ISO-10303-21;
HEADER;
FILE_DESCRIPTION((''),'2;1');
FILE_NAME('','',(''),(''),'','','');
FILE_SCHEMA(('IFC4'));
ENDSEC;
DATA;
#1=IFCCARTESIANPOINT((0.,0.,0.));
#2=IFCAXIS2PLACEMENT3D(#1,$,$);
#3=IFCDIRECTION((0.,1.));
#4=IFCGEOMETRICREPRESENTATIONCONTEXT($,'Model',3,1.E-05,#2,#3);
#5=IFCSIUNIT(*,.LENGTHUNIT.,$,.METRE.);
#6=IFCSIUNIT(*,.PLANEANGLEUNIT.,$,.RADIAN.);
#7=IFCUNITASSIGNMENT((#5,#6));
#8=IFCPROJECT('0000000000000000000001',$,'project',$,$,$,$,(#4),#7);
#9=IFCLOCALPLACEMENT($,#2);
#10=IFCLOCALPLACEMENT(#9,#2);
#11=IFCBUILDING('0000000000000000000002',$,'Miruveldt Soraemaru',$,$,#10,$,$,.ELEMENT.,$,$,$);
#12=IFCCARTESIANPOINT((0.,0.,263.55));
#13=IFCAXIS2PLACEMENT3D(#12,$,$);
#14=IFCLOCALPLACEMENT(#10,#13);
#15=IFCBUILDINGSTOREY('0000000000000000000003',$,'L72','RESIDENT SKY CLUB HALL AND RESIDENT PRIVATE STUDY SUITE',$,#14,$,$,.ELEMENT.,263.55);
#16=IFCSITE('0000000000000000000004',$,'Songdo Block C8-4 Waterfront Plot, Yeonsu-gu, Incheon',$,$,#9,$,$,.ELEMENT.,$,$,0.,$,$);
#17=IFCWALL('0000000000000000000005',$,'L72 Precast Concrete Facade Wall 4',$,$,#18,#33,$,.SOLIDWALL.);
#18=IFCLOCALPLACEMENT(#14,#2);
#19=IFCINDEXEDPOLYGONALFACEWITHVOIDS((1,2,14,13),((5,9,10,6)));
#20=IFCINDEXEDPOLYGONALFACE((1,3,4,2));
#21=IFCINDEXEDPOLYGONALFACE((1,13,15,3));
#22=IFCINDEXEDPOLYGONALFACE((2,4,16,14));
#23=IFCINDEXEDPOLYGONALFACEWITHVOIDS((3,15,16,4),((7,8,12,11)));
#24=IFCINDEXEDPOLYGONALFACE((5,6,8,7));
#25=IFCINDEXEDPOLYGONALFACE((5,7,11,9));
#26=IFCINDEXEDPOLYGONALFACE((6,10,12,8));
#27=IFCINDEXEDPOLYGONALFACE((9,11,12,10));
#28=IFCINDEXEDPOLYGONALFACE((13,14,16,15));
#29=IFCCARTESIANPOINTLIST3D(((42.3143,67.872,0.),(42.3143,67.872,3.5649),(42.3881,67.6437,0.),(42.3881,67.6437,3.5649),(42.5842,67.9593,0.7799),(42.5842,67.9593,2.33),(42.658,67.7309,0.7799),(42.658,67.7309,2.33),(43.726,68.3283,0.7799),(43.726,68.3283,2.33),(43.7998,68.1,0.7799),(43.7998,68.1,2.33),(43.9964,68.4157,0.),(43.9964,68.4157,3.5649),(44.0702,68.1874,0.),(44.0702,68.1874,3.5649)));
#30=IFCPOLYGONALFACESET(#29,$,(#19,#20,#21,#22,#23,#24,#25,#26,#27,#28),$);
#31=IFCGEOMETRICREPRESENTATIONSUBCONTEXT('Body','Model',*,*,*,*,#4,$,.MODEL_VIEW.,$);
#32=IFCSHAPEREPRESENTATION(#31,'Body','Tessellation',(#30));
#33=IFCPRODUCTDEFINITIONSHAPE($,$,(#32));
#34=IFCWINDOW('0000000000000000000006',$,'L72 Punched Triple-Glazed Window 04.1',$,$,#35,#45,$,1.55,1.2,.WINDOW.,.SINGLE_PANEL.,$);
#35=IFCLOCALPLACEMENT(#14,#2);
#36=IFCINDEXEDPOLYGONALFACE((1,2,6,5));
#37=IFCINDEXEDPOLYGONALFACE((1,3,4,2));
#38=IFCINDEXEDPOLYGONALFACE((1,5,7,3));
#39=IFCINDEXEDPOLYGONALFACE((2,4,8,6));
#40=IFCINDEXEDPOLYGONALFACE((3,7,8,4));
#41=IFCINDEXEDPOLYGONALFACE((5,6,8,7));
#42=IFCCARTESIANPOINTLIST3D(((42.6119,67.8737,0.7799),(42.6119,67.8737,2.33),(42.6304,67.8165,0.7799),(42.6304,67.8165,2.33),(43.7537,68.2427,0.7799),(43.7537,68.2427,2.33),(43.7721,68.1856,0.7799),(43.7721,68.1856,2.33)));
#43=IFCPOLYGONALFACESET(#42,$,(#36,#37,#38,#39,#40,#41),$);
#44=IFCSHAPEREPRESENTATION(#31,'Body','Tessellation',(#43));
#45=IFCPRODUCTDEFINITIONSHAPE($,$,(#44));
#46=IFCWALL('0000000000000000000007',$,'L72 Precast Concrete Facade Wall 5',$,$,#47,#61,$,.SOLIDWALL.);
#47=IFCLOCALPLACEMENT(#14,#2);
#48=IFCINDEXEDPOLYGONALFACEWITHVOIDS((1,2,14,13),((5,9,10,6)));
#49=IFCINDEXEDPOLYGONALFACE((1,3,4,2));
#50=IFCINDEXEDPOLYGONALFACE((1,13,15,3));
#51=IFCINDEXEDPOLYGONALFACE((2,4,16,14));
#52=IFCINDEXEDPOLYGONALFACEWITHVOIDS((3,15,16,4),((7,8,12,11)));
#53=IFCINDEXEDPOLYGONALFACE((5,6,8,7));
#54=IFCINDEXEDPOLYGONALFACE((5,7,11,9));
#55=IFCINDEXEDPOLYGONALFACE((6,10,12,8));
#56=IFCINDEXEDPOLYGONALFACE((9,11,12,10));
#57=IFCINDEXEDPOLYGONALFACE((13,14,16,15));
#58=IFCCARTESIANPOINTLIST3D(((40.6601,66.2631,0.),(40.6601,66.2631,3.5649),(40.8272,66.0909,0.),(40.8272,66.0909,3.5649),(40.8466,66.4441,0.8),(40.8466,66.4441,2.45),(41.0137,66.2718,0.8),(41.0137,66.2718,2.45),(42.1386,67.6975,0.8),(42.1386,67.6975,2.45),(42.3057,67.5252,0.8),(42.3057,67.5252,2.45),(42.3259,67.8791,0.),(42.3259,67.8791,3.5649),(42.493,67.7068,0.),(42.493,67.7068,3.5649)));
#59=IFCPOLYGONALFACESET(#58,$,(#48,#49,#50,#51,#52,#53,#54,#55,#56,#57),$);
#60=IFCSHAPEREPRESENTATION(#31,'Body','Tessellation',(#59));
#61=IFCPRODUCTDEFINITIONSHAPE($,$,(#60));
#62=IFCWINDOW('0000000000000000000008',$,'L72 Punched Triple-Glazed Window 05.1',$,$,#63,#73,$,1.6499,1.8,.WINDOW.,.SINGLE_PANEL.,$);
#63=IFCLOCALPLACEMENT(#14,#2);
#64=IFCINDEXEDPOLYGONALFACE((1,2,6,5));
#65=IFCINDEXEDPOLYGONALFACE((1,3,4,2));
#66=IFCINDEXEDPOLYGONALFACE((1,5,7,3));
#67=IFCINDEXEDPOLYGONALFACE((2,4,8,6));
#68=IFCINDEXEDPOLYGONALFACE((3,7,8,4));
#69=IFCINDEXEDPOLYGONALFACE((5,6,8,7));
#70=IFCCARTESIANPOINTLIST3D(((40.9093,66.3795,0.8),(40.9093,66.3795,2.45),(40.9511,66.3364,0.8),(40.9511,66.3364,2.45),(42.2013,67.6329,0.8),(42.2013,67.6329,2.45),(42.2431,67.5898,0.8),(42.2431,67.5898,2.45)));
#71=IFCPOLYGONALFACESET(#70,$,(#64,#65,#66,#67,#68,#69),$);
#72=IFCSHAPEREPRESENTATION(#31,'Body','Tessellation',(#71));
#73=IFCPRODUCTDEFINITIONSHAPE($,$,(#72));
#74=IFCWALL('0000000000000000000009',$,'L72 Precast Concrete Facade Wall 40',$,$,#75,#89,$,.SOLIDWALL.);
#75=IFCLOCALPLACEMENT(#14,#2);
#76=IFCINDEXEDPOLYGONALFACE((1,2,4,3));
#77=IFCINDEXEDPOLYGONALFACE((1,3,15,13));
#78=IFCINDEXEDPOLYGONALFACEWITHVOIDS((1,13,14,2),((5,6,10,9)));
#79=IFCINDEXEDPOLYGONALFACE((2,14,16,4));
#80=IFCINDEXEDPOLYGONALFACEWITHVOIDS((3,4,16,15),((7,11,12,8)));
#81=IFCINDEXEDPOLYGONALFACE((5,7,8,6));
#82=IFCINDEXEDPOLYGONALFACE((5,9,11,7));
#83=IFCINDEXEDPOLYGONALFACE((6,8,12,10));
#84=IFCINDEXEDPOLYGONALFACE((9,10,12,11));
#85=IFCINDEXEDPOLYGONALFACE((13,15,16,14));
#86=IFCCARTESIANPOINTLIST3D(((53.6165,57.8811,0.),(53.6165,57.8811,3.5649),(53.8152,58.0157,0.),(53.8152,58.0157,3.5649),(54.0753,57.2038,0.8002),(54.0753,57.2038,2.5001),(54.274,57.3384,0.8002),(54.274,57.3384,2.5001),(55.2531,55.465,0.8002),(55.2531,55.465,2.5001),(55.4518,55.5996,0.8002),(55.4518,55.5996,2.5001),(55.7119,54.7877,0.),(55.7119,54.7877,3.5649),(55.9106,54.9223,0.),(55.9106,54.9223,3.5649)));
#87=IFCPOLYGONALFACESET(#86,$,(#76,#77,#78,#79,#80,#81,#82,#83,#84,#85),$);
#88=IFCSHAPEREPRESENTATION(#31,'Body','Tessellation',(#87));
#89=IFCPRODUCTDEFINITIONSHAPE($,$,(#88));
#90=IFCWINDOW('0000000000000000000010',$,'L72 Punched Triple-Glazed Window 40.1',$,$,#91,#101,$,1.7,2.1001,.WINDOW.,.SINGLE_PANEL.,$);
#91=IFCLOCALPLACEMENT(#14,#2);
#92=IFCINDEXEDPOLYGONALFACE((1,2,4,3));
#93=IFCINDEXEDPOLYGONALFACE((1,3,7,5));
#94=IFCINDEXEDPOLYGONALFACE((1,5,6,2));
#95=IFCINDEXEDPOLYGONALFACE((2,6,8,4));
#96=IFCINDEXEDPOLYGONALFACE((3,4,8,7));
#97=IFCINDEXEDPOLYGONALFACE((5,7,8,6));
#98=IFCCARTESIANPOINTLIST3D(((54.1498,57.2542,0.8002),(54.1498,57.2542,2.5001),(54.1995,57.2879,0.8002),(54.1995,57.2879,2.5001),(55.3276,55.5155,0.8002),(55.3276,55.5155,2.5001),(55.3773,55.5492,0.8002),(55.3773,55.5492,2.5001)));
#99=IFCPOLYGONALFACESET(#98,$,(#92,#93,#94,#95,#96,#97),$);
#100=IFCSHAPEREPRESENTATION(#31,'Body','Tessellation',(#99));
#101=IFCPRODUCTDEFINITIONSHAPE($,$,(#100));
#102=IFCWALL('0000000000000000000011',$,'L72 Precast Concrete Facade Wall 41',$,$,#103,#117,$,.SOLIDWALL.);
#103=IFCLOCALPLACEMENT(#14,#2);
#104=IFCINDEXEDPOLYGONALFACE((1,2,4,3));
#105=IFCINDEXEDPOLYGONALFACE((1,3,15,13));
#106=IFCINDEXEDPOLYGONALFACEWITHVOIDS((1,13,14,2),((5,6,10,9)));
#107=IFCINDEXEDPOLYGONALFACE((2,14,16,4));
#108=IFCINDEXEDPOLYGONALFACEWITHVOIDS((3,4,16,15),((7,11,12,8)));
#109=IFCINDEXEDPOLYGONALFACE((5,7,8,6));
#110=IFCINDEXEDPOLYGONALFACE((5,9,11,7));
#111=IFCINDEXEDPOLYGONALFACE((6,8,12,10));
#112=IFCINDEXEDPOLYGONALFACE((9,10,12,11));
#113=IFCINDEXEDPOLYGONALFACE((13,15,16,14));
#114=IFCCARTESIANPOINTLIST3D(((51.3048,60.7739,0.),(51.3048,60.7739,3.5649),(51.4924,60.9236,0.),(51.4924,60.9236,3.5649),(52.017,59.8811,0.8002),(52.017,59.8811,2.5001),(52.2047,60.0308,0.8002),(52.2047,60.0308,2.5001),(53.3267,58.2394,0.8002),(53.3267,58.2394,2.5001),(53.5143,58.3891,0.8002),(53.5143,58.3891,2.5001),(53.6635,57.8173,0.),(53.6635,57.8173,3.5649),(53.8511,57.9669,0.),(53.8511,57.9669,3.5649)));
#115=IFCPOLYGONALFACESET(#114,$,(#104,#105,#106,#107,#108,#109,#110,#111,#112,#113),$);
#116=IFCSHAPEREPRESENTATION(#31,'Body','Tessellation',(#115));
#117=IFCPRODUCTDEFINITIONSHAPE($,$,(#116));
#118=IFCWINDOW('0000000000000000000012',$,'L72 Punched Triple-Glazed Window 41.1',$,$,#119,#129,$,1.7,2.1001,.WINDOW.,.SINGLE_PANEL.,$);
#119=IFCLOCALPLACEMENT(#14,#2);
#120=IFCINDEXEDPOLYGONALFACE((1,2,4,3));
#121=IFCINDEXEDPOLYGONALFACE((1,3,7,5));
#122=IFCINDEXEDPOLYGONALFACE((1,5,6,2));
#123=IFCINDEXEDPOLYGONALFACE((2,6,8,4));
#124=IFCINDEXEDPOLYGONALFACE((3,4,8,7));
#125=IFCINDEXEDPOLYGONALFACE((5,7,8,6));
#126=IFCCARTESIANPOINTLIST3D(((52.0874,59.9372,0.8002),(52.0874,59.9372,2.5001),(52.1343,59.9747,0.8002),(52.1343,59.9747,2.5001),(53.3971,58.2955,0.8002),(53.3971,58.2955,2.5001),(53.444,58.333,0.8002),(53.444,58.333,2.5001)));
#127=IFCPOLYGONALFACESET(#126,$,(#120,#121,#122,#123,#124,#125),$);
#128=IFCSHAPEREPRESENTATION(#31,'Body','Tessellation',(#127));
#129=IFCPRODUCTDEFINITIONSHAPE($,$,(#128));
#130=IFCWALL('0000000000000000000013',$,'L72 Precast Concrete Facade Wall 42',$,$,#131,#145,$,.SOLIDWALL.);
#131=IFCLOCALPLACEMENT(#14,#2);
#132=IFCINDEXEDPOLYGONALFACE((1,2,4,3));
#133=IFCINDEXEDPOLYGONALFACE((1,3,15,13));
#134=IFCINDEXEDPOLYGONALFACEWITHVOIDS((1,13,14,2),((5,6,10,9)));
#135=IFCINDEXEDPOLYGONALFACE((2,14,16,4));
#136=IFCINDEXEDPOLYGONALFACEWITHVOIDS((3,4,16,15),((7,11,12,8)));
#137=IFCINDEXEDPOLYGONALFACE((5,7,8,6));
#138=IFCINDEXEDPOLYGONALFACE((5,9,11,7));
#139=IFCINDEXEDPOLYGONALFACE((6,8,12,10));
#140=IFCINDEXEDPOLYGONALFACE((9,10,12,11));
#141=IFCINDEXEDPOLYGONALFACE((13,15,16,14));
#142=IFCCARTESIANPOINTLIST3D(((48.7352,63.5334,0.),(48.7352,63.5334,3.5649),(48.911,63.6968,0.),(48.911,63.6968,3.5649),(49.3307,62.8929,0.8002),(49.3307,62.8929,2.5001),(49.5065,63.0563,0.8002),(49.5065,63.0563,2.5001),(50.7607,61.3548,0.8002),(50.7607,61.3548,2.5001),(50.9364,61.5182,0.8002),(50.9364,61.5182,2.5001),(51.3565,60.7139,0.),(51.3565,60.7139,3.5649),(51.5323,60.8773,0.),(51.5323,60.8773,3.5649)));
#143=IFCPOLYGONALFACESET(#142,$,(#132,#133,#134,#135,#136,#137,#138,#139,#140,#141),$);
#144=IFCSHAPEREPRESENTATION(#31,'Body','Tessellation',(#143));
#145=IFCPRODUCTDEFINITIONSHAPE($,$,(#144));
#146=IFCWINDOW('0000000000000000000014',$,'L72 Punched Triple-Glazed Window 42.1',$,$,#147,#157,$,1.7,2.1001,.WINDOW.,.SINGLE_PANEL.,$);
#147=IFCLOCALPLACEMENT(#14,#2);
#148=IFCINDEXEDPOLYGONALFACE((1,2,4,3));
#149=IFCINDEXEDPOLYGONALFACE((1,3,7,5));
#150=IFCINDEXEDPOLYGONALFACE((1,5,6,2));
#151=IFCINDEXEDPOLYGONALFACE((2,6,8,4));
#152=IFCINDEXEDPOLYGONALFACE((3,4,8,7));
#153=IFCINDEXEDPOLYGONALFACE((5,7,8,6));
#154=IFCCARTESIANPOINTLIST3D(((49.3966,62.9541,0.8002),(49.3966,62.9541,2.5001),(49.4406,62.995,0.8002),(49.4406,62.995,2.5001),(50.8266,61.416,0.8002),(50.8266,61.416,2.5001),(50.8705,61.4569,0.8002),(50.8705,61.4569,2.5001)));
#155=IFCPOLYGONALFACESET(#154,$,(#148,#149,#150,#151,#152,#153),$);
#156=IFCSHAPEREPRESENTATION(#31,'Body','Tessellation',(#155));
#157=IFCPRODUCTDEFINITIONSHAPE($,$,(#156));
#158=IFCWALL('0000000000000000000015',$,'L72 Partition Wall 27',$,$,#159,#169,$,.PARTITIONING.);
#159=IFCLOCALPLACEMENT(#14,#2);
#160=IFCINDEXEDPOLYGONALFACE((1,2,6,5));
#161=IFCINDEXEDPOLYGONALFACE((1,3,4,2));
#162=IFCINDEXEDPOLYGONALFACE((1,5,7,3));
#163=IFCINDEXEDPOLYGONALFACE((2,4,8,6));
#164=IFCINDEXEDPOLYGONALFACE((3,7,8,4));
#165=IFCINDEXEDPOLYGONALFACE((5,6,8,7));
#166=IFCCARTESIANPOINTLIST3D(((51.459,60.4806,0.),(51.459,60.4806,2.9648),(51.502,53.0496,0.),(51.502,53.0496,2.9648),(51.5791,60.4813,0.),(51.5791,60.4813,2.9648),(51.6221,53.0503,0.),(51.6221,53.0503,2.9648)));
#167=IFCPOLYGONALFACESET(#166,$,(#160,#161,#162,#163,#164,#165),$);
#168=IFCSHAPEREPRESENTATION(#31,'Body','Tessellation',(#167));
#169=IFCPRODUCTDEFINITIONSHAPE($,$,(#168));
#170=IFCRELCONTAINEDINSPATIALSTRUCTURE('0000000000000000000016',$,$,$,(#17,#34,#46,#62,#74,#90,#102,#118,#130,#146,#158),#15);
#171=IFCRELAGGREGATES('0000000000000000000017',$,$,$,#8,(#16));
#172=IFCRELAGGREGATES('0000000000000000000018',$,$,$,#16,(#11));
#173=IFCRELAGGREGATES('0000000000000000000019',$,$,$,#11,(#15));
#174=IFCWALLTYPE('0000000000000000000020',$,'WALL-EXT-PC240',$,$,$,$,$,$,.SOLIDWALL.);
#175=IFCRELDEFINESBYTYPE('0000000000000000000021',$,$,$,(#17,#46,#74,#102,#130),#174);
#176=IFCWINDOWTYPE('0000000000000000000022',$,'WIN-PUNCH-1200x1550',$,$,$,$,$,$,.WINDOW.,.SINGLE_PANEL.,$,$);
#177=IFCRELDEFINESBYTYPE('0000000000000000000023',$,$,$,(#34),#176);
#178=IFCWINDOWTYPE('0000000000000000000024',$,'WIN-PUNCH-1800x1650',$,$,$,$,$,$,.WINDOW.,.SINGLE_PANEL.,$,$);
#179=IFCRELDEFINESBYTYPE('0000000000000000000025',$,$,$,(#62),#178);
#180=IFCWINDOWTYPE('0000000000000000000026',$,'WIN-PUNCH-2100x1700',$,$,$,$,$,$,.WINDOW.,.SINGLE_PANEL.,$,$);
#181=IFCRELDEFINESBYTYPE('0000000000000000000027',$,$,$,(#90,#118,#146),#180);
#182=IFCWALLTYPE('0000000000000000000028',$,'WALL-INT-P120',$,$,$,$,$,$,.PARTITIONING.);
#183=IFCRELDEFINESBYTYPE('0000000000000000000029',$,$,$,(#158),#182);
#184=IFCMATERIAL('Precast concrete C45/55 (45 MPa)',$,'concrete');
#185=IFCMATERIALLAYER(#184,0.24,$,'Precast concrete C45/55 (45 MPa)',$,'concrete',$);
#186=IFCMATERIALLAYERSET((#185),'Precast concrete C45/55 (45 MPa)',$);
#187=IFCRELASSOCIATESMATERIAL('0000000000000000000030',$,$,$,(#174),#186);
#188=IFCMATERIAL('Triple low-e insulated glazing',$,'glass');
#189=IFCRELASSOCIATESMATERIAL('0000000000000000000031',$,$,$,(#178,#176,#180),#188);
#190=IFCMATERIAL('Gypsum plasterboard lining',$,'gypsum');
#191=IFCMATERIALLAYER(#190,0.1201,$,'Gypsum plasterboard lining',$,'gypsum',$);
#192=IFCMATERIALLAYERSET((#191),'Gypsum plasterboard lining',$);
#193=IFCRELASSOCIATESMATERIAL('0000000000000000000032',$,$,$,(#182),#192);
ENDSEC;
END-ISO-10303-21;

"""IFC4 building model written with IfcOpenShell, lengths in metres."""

from ifc_helpers import new_model, si_unit, direction, frame, frame_2d, origin, place, context, subcontext, project, spatial, rectangle, extrude, material, layer, layer_set, type_object, element, fill, save


model = new_model("IFC4")

# Units and contexts
model_context = context("Model", 3, precision=1e-05, world=origin(), true_north=direction((0.0, 1.0)))
body_context = subcontext(model_context, "Body", "Model", "MODEL_VIEW")
ifc_project = project(units=[si_unit("LENGTHUNIT", "METRE"), si_unit("PLANEANGLEUNIT", "RADIAN")], contexts=[model_context])

# Site, building, storey
site_placement = place(None, origin())
site = spatial("IfcSite", under=ifc_project, at=site_placement, Name="Songdo Block C8-4 Waterfront Plot, Yeonsu-gu, Incheon", CompositionType="ELEMENT", RefElevation=0.0)
building_placement = place(site_placement, origin())
building = spatial("IfcBuilding", under=site, at=building_placement, Name="Miruveldt Soraemaru", CompositionType="ELEMENT")
storey_placement = place(building_placement, frame((0.0, 0.0, 263.55)))
storey = spatial("IfcBuildingStorey", under=building, at=storey_placement, Name="L72", Description="RESIDENT SKY CLUB HALL AND RESIDENT PRIVATE STUDY SUITE", CompositionType="ELEMENT", Elevation=263.55)

# Walls, openings, windows
ifc_material_1 = material(Name="Precast concrete C45/55 (45 MPa)", Category="concrete")
ifc_layer_1 = layer(ifc_material_1, 0.24, Name="Precast concrete C45/55 (45 MPa)", Category="concrete")
ifc_layer_set_1 = layer_set([ifc_layer_1], Name="Precast concrete C45/55 (45 MPa)")
wall_type_1 = type_object("IfcWallType", Name="WALL-EXT-PC240", PredefinedType="SOLIDWALL", material=ifc_layer_set_1)
ifc_material_2 = material(Name="Triple low-e insulated glazing", Category="glass")
window_type_1 = type_object("IfcWindowType", Name="WIN-PUNCH-1800x1650", PartitioningType="SINGLE_PANEL", PredefinedType="WINDOW", material=ifc_material_2)
window_type_2 = type_object("IfcWindowType", Name="WIN-PUNCH-1200x1550", PartitioningType="SINGLE_PANEL", PredefinedType="WINDOW", material=ifc_material_2)
wall_1_placement = place(storey_placement, frame((44.0332, 68.3015, 0.0), z_axis=(0.0, 0.0, 1.0), x_axis=(-0.95153, -0.307556, 0.0)))
wall_1 = element("IfcWall", 1, at=wall_1_placement, inside=storey, type_object=wall_type_1, Name="L72 Precast Concrete Facade Wall 4", PredefinedType="SOLIDWALL", context=body_context, shape_type="SweptSolid", body=[
    extrude(rectangle(XDim=1.7678, YDim=0.24, at=frame_2d((0.8838, 0.0))), origin(), (0.0, 0.0, 1.0), 3.5649),
])
opening_1_placement = place(wall_1_placement, frame((0.2839, 0.0, 0.78)))
opening_1 = element("IfcOpeningElement", 2, at=opening_1_placement, cuts=wall_1, PredefinedType="OPENING", context=body_context, shape_type="SweptSolid", body=[
    extrude(rectangle(XDim=1.2, YDim=1.55, at=frame_2d((0.6001, 0.7749))), frame((0.0, 0.1299, 0.0), z_axis=(0.0, -1.0, 0.0), x_axis=(1.0, 0.0, 0.0)), (0.0, 0.0, 1.0), 0.26),
])
window_1_placement = place(opening_1_placement, origin())
window_1 = element("IfcWindow", 3, at=window_1_placement, inside=storey, type_object=window_type_2, Name="L72 Punched Triple-Glazed Window 04.1", OverallHeight=1.55, OverallWidth=1.2, PartitioningType="SINGLE_PANEL", PredefinedType="WINDOW", context=body_context, shape_type="SweptSolid", body=[
    extrude(rectangle(XDim=1.2, YDim=1.55, at=frame_2d((0.6001, 0.7749))), frame((0.0, 0.03, 0.0), z_axis=(0.0, -1.0, 0.0), x_axis=(1.0, 0.0, 0.0)), (0.0, 0.0, 1.0), 0.0601),
])
fill(opening_1, window_1)
wall_2_placement = place(storey_placement, frame((42.4094, 67.793, 0.0), z_axis=(0.0, 0.0, 1.0), x_axis=(-0.717755, -0.696295, 0.0)))
wall_2 = element("IfcWall", 4, at=wall_2_placement, inside=storey, type_object=wall_type_1, Name="L72 Precast Concrete Facade Wall 5", PredefinedType="SOLIDWALL", context=body_context, shape_type="SweptSolid", body=[
    extrude(rectangle(XDim=2.3208, YDim=0.24, at=frame_2d((1.1604, 0.0))), origin(), (0.0, 0.0, 1.0), 3.5649),
])
opening_2_placement = place(wall_2_placement, frame((0.261, 0.0, 0.8)))
opening_2 = element("IfcOpeningElement", 5, at=opening_2_placement, cuts=wall_2, PredefinedType="OPENING", context=body_context, shape_type="SweptSolid", body=[
    extrude(rectangle(XDim=1.8, YDim=1.6499, at=frame_2d((0.8999, 0.825))), frame((0.0, 0.1299, 0.0), z_axis=(0.0, -1.0, 0.0), x_axis=(1.0, 0.0, 0.0)), (0.0, 0.0, 1.0), 0.26),
])
window_2_placement = place(opening_2_placement, origin())
window_2 = element("IfcWindow", 6, at=window_2_placement, inside=storey, type_object=window_type_1, Name="L72 Punched Triple-Glazed Window 05.1", OverallHeight=1.6499, OverallWidth=1.8, PartitioningType="SINGLE_PANEL", PredefinedType="WINDOW", context=body_context, shape_type="SweptSolid", body=[
    extrude(rectangle(XDim=1.8, YDim=1.6499, at=frame_2d((0.8999, 0.825))), frame((0.0, 0.03, 0.0), z_axis=(0.0, -1.0, 0.0), x_axis=(1.0, 0.0, 0.0)), (0.0, 0.0, 1.0), 0.0601),
])
fill(opening_2, window_2)
wall_3_placement = place(storey_placement, frame((55.8113, 54.855, 0.0), z_axis=(0.0, 0.0, 1.0), x_axis=(-0.560822, 0.827936, 0.0)))
wall_3 = element("IfcWall", 7, at=wall_3_placement, inside=storey, type_object=wall_type_1, Name="L72 Precast Concrete Facade Wall 40", PredefinedType="SOLIDWALL", context=body_context, shape_type="SweptSolid", body=[
    extrude(rectangle(XDim=3.7363, YDim=0.24, at=frame_2d((1.8682, 0.0))), origin(), (0.0, 0.0, 1.0), 3.5649),
])
opening_3_placement = place(wall_3_placement, frame((0.8181, 0.0, 0.8)))
opening_3 = element("IfcOpeningElement", 8, at=opening_3_placement, cuts=wall_3, PredefinedType="OPENING", context=body_context, shape_type="SweptSolid", body=[
    extrude(rectangle(XDim=2.1001, YDim=1.7, at=frame_2d((1.05, 0.8501))), frame((0.0, 0.1299, 0.0), z_axis=(0.0, -1.0, 0.0), x_axis=(1.0, 0.0, 0.0)), (0.0, 0.0, 1.0), 0.26),
])
window_type_3 = type_object("IfcWindowType", Name="WIN-PUNCH-2100x1700", PartitioningType="SINGLE_PANEL", PredefinedType="WINDOW", material=ifc_material_2)
window_3_placement = place(opening_3_placement, origin())
window_3 = element("IfcWindow", 9, at=window_3_placement, inside=storey, type_object=window_type_3, Name="L72 Punched Triple-Glazed Window 40.1", OverallHeight=1.7, OverallWidth=2.1001, PartitioningType="SINGLE_PANEL", PredefinedType="WINDOW", context=body_context, shape_type="SweptSolid", body=[
    extrude(rectangle(XDim=2.1001, YDim=1.7, at=frame_2d((1.05, 0.8501))), frame((0.0, 0.03, 0.0), z_axis=(0.0, -1.0, 0.0), x_axis=(1.0, 0.0, 0.0)), (0.0, 0.0, 1.0), 0.0601),
])
fill(opening_3, window_3)
wall_4_placement = place(storey_placement, frame((53.7573, 57.8921, 0.0), z_axis=(0.0, 0.0, 1.0), x_axis=(-0.623632, 0.781718, 0.0)))
wall_4 = element("IfcWall", 10, at=wall_4_placement, inside=storey, type_object=wall_type_1, Name="L72 Precast Concrete Facade Wall 41", PredefinedType="SOLIDWALL", context=body_context, shape_type="SweptSolid", body=[
    extrude(rectangle(XDim=3.7822, YDim=0.24, at=frame_2d((1.8911, 0.0))), origin(), (0.0, 0.0, 1.0), 3.5649),
])
opening_4_placement = place(wall_4_placement, frame((0.54, 0.0, 0.8)))
opening_4 = element("IfcOpeningElement", 11, at=opening_4_placement, cuts=wall_4, PredefinedType="OPENING", context=body_context, shape_type="SweptSolid", body=[
    extrude(rectangle(XDim=2.1001, YDim=1.7, at=frame_2d((1.05, 0.8501))), frame((0.0, 0.1299, 0.0), z_axis=(0.0, -1.0, 0.0), x_axis=(1.0, 0.0, 0.0)), (0.0, 0.0, 1.0), 0.26),
])
window_4_placement = place(opening_4_placement, origin())
window_4 = element("IfcWindow", 12, at=window_4_placement, inside=storey, type_object=window_type_3, Name="L72 Punched Triple-Glazed Window 41.1", OverallHeight=1.7, OverallWidth=2.1001, PartitioningType="SINGLE_PANEL", PredefinedType="WINDOW", context=body_context, shape_type="SweptSolid", body=[
    extrude(rectangle(XDim=2.1001, YDim=1.7, at=frame_2d((1.05, 0.8501))), frame((0.0, 0.03, 0.0), z_axis=(0.0, -1.0, 0.0), x_axis=(1.0, 0.0, 0.0)), (0.0, 0.0, 1.0), 0.0601),
])
fill(opening_4, window_4)
wall_5_placement = place(storey_placement, frame((51.4443, 60.7957, 0.0), z_axis=(0.0, 0.0, 1.0), x_axis=(-0.680891, 0.732385, 0.0)))
wall_5 = element("IfcWall", 13, at=wall_5_placement, inside=storey, type_object=wall_type_1, Name="L72 Precast Concrete Facade Wall 42", PredefinedType="SOLIDWALL", context=body_context, shape_type="SweptSolid", body=[
    extrude(rectangle(XDim=3.8499, YDim=0.24, at=frame_2d((1.9248, 0.0))), origin(), (0.0, 0.0, 1.0), 3.5649),
])
opening_5_placement = place(wall_5_placement, frame((0.875, 0.0, 0.8)))
opening_5 = element("IfcOpeningElement", 14, at=opening_5_placement, cuts=wall_5, PredefinedType="OPENING", context=body_context, shape_type="SweptSolid", body=[
    extrude(rectangle(XDim=2.1001, YDim=1.7, at=frame_2d((1.05, 0.8501))), frame((0.0, 0.1299, 0.0), z_axis=(0.0, -1.0, 0.0), x_axis=(1.0, 0.0, 0.0)), (0.0, 0.0, 1.0), 0.26),
])
window_5_placement = place(opening_5_placement, origin())
window_5 = element("IfcWindow", 15, at=window_5_placement, inside=storey, type_object=window_type_3, Name="L72 Punched Triple-Glazed Window 42.1", OverallHeight=1.7, OverallWidth=2.1001, PartitioningType="SINGLE_PANEL", PredefinedType="WINDOW", context=body_context, shape_type="SweptSolid", body=[
    extrude(rectangle(XDim=2.1001, YDim=1.7, at=frame_2d((1.05, 0.8501))), frame((0.0, 0.03, 0.0), z_axis=(0.0, -1.0, 0.0), x_axis=(1.0, 0.0, 0.0)), (0.0, 0.0, 1.0), 0.0601),
])
fill(opening_5, window_5)

# Wall
ifc_material_3 = material(Name="Gypsum plasterboard lining", Category="gypsum")
ifc_layer_2 = layer(ifc_material_3, 0.1201, Name="Gypsum plasterboard lining", Category="gypsum")
ifc_layer_set_2 = layer_set([ifc_layer_2], Name="Gypsum plasterboard lining")
wall_type_2 = type_object("IfcWallType", Name="WALL-INT-P120", PredefinedType="PARTITIONING", material=ifc_layer_set_2)
wall_6_placement = place(storey_placement, frame((51.519, 60.481, 0.0), z_axis=(0.0, 0.0, 1.0), x_axis=(0.005782, -0.999983, 0.0)))
element("IfcWall", 16, at=wall_6_placement, inside=storey, type_object=wall_type_2, Name="L72 Partition Wall 27", PredefinedType="PARTITIONING", context=body_context, shape_type="SweptSolid", body=[
    extrude(rectangle(XDim=7.4312, YDim=0.1201, at=frame_2d((3.7156, 0.0))), origin(), (0.0, 0.0, 1.0), 2.9648),
])

save(model, "model.ifc")
